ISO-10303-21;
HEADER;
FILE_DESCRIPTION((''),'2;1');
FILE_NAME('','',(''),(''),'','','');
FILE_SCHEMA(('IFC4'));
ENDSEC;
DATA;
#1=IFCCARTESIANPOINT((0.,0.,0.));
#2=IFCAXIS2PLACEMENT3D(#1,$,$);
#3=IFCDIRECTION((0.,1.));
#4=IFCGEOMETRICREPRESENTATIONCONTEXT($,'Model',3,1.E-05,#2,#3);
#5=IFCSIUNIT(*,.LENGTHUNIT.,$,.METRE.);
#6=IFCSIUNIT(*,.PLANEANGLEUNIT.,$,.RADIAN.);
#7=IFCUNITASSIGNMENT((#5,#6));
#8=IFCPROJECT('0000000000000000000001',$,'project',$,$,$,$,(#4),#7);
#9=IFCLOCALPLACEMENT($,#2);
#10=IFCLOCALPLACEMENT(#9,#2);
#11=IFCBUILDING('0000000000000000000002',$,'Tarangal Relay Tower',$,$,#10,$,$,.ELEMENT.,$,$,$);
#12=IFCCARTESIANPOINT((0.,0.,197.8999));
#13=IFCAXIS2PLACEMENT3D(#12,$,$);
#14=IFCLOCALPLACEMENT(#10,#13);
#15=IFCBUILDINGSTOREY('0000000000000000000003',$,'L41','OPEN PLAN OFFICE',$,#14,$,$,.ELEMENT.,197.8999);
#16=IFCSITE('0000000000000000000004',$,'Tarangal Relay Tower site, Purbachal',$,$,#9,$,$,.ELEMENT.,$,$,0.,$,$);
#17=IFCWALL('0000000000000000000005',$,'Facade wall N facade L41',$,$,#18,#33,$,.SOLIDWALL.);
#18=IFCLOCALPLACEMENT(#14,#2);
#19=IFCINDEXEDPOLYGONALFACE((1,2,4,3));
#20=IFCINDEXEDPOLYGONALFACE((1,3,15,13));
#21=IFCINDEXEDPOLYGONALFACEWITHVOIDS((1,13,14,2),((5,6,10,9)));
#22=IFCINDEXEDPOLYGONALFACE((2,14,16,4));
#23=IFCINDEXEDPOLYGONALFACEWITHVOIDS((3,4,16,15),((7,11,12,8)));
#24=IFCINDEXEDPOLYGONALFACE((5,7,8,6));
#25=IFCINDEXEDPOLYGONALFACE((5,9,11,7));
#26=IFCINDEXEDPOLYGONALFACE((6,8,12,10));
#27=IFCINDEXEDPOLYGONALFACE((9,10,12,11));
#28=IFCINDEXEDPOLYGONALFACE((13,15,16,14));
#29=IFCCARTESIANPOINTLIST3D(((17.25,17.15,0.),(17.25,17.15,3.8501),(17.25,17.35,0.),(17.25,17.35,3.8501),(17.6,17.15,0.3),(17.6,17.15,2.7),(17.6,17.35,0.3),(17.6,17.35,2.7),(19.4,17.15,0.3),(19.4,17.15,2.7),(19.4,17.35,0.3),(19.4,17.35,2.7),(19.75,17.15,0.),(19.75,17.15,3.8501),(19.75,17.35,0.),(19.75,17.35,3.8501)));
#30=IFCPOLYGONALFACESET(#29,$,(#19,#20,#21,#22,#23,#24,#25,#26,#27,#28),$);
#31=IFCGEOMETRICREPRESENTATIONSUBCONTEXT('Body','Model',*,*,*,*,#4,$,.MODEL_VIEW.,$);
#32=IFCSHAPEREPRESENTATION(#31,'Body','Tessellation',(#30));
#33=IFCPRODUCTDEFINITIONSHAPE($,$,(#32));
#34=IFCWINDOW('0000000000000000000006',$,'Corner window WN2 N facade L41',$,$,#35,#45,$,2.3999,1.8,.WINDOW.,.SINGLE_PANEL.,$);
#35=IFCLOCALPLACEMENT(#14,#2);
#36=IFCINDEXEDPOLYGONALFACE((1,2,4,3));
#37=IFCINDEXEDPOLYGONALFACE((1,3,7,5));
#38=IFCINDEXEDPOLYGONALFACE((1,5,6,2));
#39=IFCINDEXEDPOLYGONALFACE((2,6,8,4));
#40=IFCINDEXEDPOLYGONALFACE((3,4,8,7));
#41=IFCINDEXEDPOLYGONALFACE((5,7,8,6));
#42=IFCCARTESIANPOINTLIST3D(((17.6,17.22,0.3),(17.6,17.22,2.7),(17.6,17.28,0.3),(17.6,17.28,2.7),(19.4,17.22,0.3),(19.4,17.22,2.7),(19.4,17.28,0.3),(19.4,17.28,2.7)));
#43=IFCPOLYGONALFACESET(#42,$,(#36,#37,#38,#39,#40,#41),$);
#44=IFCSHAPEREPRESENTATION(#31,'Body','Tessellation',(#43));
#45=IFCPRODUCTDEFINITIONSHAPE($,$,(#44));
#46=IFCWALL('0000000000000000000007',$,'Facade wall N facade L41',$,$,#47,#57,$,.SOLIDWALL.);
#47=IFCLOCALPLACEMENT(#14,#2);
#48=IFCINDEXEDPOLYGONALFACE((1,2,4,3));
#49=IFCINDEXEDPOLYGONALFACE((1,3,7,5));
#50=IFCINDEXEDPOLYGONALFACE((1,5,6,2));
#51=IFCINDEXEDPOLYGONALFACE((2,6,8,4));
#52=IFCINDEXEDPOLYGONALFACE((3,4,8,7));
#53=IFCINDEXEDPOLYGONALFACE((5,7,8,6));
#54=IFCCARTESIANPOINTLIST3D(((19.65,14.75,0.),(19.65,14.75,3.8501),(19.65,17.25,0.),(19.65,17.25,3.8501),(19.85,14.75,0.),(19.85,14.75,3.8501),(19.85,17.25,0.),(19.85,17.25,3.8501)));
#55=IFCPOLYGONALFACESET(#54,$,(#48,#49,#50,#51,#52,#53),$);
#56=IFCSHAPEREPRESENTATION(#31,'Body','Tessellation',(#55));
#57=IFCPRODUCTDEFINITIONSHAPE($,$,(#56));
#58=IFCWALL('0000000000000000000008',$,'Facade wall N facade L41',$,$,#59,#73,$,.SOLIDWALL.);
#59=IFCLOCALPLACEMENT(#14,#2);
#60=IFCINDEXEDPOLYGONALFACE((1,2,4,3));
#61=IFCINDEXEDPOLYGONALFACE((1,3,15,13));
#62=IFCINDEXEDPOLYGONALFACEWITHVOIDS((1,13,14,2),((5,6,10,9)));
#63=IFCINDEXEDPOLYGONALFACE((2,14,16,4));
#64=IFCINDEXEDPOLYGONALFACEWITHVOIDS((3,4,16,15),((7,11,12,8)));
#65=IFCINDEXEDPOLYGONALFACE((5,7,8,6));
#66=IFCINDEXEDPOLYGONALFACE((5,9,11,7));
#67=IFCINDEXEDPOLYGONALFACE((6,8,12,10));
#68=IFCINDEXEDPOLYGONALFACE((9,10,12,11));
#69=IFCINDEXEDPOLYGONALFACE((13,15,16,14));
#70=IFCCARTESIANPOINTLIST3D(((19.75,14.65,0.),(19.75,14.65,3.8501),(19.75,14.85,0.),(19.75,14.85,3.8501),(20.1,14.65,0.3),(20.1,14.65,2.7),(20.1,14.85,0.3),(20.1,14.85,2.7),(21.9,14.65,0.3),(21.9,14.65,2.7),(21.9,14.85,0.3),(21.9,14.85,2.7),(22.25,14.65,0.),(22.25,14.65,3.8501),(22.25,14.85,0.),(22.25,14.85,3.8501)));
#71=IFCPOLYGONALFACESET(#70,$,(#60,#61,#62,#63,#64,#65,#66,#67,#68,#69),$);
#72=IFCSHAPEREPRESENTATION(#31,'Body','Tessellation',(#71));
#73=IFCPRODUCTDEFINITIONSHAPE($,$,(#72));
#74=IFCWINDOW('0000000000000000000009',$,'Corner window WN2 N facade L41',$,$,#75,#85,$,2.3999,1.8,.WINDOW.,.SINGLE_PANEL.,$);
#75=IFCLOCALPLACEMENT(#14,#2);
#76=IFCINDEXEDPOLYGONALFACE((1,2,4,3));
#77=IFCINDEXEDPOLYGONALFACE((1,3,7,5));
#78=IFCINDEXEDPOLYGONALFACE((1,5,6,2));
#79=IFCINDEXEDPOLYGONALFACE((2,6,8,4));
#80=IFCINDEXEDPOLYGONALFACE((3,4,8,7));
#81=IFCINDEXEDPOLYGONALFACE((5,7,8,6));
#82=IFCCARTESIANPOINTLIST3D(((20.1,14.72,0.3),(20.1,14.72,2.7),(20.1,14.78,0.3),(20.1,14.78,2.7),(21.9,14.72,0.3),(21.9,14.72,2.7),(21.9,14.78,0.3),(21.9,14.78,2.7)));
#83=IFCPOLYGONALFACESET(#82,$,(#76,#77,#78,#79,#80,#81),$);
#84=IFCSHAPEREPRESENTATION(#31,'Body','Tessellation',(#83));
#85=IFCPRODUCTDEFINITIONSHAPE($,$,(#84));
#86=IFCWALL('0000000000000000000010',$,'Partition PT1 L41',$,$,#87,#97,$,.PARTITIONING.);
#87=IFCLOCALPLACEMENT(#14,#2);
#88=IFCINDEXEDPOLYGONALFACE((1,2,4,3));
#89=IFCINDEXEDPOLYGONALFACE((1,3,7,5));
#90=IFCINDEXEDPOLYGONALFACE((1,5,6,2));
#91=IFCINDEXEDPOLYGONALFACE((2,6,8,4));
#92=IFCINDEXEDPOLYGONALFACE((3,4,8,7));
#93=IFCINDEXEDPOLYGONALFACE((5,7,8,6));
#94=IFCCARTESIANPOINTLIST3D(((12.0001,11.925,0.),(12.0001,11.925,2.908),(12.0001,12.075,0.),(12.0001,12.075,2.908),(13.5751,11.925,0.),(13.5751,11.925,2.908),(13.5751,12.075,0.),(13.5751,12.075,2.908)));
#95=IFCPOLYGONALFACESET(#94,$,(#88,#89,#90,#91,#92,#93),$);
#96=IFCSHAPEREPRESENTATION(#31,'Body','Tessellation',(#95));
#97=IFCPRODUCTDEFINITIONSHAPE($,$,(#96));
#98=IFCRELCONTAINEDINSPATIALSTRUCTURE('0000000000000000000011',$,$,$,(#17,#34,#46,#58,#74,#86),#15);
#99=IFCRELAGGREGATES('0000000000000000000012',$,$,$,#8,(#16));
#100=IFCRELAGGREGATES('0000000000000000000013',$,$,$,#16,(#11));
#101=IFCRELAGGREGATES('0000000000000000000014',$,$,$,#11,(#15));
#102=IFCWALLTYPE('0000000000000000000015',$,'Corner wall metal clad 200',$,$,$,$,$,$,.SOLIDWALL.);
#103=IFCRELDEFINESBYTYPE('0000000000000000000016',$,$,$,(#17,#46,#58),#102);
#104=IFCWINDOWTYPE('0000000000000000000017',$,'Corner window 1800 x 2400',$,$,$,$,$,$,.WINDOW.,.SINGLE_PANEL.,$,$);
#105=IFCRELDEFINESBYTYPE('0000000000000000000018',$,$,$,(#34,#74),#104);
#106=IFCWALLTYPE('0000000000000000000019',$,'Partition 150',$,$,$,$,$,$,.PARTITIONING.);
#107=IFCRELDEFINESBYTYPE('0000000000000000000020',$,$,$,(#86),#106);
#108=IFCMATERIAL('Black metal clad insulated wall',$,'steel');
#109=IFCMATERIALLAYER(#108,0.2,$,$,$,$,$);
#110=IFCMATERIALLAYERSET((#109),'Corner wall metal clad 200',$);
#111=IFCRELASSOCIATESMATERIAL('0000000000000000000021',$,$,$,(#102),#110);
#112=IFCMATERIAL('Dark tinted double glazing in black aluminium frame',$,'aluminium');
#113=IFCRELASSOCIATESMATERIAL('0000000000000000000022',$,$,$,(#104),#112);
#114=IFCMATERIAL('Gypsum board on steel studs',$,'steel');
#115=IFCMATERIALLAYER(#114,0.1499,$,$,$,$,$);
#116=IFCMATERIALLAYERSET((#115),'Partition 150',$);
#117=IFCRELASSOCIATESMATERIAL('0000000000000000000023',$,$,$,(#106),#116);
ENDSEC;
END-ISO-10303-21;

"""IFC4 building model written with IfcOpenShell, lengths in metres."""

from ifc_helpers import new_model, si_unit, direction, frame, frame_2d, origin, place, context, subcontext, project, spatial, rectangle, extrude, material, layer, layer_set, type_object, element, fill, save


model = new_model("IFC4")

# Units and contexts
model_context = context("Model", 3, precision=1e-05, world=origin(), true_north=direction((0.0, 1.0)))
body_context = subcontext(model_context, "Body", "Model", "MODEL_VIEW")
ifc_project = project(units=[si_unit("LENGTHUNIT", "METRE"), si_unit("PLANEANGLEUNIT", "RADIAN")], contexts=[model_context])

# Site, building, storey
site_placement = place(None, origin())
site = spatial("IfcSite", under=ifc_project, at=site_placement, Name="Tarangal Relay Tower site, Purbachal", CompositionType="ELEMENT", RefElevation=0.0)
building_placement = place(site_placement, origin())
building = spatial("IfcBuilding", under=site, at=building_placement, Name="Tarangal Relay Tower", CompositionType="ELEMENT")
storey_placement = place(building_placement, frame((0.0, 0.0, 197.8999)))
storey = spatial("IfcBuildingStorey", under=building, at=storey_placement, Name="L41", Description="OPEN PLAN OFFICE", CompositionType="ELEMENT", Elevation=197.8999)

# Shared definitions
ifc_material_1 = material(Name="Black metal clad insulated wall", Category="steel")
ifc_layer_1 = layer(ifc_material_1, 0.2)
ifc_layer_set_1 = layer_set([ifc_layer_1], Name="Corner wall metal clad 200")
wall_type_1 = type_object("IfcWallType", Name="Corner wall metal clad 200", PredefinedType="SOLIDWALL", material=ifc_layer_set_1)

# Shared definitions
ifc_material_2 = material(Name="Dark tinted double glazing in black aluminium frame", Category="aluminium")
window_type = type_object("IfcWindowType", Name="Corner window 1800 x 2400", PartitioningType="SINGLE_PANEL", PredefinedType="WINDOW", material=ifc_material_2)

# Wall, opening, window
wall_1_placement = place(storey_placement, frame((17.25, 17.25, 0.0), z_axis=(0.0, 0.0, 1.0), x_axis=(1.0, 0.0, 0.0)))
wall_1 = element("IfcWall", 1, at=wall_1_placement, inside=storey, type_object=wall_type_1, Name="Facade wall N facade L41", PredefinedType="SOLIDWALL", context=body_context, shape_type="SweptSolid", body=[
    extrude(rectangle(XDim=2.5, YDim=0.2, at=frame_2d((1.25, 0.0))), origin(), (0.0, 0.0, 1.0), 3.8501),
])
opening_1_placement = place(wall_1_placement, frame((0.3501, 0.0, 0.3)))
opening_1 = element("IfcOpeningElement", 2, at=opening_1_placement, cuts=wall_1, PredefinedType="OPENING", context=body_context, shape_type="SweptSolid", body=[
    extrude(rectangle(XDim=1.8, YDim=2.3999, at=frame_2d((0.8999, 1.2))), frame((0.0, 0.1099, 0.0), z_axis=(0.0, -1.0, 0.0), x_axis=(1.0, 0.0, 0.0)), (0.0, 0.0, 1.0), 0.22),
])
window_1_placement = place(opening_1_placement, origin())
window_1 = element("IfcWindow", 3, at=window_1_placement, inside=storey, type_object=window_type, Name="Corner window WN2 N facade L41", OverallHeight=2.3999, OverallWidth=1.8, PartitioningType="SINGLE_PANEL", PredefinedType="WINDOW", context=body_context, shape_type="SweptSolid", body=[
    extrude(rectangle(XDim=1.8, YDim=2.3999, at=frame_2d((0.8999, 1.2))), frame((0.0, 0.03, 0.0), z_axis=(0.0, -1.0, 0.0), x_axis=(1.0, 0.0, 0.0)), (0.0, 0.0, 1.0), 0.0601),
])
fill(opening_1, window_1)

# Wall
wall_2_placement = place(storey_placement, frame((19.75, 17.25, 0.0), z_axis=(0.0, 0.0, 1.0), x_axis=(0.0, -1.0, 0.0)))
element("IfcWall", 4, at=wall_2_placement, inside=storey, type_object=wall_type_1, Name="Facade wall N facade L41", PredefinedType="SOLIDWALL", context=body_context, shape_type="SweptSolid", body=[
    extrude(rectangle(XDim=2.5, YDim=0.2, at=frame_2d((1.25, 0.0))), origin(), (0.0, 0.0, 1.0), 3.8501),
])

# Wall, opening, window
wall_3_placement = place(storey_placement, frame((19.75, 14.75, 0.0), z_axis=(0.0, 0.0, 1.0), x_axis=(1.0, 0.0, 0.0)))
wall_3 = element("IfcWall", 5, at=wall_3_placement, inside=storey, type_object=wall_type_1, Name="Facade wall N facade L41", PredefinedType="SOLIDWALL", context=body_context, shape_type="SweptSolid", body=[
    extrude(rectangle(XDim=2.5, YDim=0.2, at=frame_2d((1.25, 0.0))), origin(), (0.0, 0.0, 1.0), 3.8501),
])
opening_2_placement = place(wall_3_placement, frame((0.3501, 0.0, 0.3)))
opening_2 = element("IfcOpeningElement", 6, at=opening_2_placement, cuts=wall_3, PredefinedType="OPENING", context=body_context, shape_type="SweptSolid", body=[
    extrude(rectangle(XDim=1.8, YDim=2.3999, at=frame_2d((0.8999, 1.2))), frame((0.0, 0.1099, 0.0), z_axis=(0.0, -1.0, 0.0), x_axis=(1.0, 0.0, 0.0)), (0.0, 0.0, 1.0), 0.22),
])
window_2_placement = place(opening_2_placement, origin())
window_2 = element("IfcWindow", 7, at=window_2_placement, inside=storey, type_object=window_type, Name="Corner window WN2 N facade L41", OverallHeight=2.3999, OverallWidth=1.8, PartitioningType="SINGLE_PANEL", PredefinedType="WINDOW", context=body_context, shape_type="SweptSolid", body=[
    extrude(rectangle(XDim=1.8, YDim=2.3999, at=frame_2d((0.8999, 1.2))), frame((0.0, 0.03, 0.0), z_axis=(0.0, -1.0, 0.0), x_axis=(1.0, 0.0, 0.0)), (0.0, 0.0, 1.0), 0.0601),
])
fill(opening_2, window_2)

# Wall
ifc_material_3 = material(Name="Gypsum board on steel studs", Category="steel")
ifc_layer_2 = layer(ifc_material_3, 0.1499)
ifc_layer_set_2 = layer_set([ifc_layer_2], Name="Partition 150")
wall_type_2 = type_object("IfcWallType", Name="Partition 150", PredefinedType="PARTITIONING", material=ifc_layer_set_2)
wall_4_placement = place(storey_placement, frame((12.0, 12.0, 0.0), z_axis=(0.0, 0.0, 1.0), x_axis=(1.0, 0.0, 0.0)))
element("IfcWall", 8, at=wall_4_placement, inside=storey, type_object=wall_type_2, Name="Partition PT1 L41", PredefinedType="PARTITIONING", context=body_context, shape_type="SweptSolid", body=[
    extrude(rectangle(XDim=1.575, YDim=0.1499, at=frame_2d((0.7876, 0.0))), origin(), (0.0, 0.0, 1.0), 2.908),
])

save(model, "model.ifc")
